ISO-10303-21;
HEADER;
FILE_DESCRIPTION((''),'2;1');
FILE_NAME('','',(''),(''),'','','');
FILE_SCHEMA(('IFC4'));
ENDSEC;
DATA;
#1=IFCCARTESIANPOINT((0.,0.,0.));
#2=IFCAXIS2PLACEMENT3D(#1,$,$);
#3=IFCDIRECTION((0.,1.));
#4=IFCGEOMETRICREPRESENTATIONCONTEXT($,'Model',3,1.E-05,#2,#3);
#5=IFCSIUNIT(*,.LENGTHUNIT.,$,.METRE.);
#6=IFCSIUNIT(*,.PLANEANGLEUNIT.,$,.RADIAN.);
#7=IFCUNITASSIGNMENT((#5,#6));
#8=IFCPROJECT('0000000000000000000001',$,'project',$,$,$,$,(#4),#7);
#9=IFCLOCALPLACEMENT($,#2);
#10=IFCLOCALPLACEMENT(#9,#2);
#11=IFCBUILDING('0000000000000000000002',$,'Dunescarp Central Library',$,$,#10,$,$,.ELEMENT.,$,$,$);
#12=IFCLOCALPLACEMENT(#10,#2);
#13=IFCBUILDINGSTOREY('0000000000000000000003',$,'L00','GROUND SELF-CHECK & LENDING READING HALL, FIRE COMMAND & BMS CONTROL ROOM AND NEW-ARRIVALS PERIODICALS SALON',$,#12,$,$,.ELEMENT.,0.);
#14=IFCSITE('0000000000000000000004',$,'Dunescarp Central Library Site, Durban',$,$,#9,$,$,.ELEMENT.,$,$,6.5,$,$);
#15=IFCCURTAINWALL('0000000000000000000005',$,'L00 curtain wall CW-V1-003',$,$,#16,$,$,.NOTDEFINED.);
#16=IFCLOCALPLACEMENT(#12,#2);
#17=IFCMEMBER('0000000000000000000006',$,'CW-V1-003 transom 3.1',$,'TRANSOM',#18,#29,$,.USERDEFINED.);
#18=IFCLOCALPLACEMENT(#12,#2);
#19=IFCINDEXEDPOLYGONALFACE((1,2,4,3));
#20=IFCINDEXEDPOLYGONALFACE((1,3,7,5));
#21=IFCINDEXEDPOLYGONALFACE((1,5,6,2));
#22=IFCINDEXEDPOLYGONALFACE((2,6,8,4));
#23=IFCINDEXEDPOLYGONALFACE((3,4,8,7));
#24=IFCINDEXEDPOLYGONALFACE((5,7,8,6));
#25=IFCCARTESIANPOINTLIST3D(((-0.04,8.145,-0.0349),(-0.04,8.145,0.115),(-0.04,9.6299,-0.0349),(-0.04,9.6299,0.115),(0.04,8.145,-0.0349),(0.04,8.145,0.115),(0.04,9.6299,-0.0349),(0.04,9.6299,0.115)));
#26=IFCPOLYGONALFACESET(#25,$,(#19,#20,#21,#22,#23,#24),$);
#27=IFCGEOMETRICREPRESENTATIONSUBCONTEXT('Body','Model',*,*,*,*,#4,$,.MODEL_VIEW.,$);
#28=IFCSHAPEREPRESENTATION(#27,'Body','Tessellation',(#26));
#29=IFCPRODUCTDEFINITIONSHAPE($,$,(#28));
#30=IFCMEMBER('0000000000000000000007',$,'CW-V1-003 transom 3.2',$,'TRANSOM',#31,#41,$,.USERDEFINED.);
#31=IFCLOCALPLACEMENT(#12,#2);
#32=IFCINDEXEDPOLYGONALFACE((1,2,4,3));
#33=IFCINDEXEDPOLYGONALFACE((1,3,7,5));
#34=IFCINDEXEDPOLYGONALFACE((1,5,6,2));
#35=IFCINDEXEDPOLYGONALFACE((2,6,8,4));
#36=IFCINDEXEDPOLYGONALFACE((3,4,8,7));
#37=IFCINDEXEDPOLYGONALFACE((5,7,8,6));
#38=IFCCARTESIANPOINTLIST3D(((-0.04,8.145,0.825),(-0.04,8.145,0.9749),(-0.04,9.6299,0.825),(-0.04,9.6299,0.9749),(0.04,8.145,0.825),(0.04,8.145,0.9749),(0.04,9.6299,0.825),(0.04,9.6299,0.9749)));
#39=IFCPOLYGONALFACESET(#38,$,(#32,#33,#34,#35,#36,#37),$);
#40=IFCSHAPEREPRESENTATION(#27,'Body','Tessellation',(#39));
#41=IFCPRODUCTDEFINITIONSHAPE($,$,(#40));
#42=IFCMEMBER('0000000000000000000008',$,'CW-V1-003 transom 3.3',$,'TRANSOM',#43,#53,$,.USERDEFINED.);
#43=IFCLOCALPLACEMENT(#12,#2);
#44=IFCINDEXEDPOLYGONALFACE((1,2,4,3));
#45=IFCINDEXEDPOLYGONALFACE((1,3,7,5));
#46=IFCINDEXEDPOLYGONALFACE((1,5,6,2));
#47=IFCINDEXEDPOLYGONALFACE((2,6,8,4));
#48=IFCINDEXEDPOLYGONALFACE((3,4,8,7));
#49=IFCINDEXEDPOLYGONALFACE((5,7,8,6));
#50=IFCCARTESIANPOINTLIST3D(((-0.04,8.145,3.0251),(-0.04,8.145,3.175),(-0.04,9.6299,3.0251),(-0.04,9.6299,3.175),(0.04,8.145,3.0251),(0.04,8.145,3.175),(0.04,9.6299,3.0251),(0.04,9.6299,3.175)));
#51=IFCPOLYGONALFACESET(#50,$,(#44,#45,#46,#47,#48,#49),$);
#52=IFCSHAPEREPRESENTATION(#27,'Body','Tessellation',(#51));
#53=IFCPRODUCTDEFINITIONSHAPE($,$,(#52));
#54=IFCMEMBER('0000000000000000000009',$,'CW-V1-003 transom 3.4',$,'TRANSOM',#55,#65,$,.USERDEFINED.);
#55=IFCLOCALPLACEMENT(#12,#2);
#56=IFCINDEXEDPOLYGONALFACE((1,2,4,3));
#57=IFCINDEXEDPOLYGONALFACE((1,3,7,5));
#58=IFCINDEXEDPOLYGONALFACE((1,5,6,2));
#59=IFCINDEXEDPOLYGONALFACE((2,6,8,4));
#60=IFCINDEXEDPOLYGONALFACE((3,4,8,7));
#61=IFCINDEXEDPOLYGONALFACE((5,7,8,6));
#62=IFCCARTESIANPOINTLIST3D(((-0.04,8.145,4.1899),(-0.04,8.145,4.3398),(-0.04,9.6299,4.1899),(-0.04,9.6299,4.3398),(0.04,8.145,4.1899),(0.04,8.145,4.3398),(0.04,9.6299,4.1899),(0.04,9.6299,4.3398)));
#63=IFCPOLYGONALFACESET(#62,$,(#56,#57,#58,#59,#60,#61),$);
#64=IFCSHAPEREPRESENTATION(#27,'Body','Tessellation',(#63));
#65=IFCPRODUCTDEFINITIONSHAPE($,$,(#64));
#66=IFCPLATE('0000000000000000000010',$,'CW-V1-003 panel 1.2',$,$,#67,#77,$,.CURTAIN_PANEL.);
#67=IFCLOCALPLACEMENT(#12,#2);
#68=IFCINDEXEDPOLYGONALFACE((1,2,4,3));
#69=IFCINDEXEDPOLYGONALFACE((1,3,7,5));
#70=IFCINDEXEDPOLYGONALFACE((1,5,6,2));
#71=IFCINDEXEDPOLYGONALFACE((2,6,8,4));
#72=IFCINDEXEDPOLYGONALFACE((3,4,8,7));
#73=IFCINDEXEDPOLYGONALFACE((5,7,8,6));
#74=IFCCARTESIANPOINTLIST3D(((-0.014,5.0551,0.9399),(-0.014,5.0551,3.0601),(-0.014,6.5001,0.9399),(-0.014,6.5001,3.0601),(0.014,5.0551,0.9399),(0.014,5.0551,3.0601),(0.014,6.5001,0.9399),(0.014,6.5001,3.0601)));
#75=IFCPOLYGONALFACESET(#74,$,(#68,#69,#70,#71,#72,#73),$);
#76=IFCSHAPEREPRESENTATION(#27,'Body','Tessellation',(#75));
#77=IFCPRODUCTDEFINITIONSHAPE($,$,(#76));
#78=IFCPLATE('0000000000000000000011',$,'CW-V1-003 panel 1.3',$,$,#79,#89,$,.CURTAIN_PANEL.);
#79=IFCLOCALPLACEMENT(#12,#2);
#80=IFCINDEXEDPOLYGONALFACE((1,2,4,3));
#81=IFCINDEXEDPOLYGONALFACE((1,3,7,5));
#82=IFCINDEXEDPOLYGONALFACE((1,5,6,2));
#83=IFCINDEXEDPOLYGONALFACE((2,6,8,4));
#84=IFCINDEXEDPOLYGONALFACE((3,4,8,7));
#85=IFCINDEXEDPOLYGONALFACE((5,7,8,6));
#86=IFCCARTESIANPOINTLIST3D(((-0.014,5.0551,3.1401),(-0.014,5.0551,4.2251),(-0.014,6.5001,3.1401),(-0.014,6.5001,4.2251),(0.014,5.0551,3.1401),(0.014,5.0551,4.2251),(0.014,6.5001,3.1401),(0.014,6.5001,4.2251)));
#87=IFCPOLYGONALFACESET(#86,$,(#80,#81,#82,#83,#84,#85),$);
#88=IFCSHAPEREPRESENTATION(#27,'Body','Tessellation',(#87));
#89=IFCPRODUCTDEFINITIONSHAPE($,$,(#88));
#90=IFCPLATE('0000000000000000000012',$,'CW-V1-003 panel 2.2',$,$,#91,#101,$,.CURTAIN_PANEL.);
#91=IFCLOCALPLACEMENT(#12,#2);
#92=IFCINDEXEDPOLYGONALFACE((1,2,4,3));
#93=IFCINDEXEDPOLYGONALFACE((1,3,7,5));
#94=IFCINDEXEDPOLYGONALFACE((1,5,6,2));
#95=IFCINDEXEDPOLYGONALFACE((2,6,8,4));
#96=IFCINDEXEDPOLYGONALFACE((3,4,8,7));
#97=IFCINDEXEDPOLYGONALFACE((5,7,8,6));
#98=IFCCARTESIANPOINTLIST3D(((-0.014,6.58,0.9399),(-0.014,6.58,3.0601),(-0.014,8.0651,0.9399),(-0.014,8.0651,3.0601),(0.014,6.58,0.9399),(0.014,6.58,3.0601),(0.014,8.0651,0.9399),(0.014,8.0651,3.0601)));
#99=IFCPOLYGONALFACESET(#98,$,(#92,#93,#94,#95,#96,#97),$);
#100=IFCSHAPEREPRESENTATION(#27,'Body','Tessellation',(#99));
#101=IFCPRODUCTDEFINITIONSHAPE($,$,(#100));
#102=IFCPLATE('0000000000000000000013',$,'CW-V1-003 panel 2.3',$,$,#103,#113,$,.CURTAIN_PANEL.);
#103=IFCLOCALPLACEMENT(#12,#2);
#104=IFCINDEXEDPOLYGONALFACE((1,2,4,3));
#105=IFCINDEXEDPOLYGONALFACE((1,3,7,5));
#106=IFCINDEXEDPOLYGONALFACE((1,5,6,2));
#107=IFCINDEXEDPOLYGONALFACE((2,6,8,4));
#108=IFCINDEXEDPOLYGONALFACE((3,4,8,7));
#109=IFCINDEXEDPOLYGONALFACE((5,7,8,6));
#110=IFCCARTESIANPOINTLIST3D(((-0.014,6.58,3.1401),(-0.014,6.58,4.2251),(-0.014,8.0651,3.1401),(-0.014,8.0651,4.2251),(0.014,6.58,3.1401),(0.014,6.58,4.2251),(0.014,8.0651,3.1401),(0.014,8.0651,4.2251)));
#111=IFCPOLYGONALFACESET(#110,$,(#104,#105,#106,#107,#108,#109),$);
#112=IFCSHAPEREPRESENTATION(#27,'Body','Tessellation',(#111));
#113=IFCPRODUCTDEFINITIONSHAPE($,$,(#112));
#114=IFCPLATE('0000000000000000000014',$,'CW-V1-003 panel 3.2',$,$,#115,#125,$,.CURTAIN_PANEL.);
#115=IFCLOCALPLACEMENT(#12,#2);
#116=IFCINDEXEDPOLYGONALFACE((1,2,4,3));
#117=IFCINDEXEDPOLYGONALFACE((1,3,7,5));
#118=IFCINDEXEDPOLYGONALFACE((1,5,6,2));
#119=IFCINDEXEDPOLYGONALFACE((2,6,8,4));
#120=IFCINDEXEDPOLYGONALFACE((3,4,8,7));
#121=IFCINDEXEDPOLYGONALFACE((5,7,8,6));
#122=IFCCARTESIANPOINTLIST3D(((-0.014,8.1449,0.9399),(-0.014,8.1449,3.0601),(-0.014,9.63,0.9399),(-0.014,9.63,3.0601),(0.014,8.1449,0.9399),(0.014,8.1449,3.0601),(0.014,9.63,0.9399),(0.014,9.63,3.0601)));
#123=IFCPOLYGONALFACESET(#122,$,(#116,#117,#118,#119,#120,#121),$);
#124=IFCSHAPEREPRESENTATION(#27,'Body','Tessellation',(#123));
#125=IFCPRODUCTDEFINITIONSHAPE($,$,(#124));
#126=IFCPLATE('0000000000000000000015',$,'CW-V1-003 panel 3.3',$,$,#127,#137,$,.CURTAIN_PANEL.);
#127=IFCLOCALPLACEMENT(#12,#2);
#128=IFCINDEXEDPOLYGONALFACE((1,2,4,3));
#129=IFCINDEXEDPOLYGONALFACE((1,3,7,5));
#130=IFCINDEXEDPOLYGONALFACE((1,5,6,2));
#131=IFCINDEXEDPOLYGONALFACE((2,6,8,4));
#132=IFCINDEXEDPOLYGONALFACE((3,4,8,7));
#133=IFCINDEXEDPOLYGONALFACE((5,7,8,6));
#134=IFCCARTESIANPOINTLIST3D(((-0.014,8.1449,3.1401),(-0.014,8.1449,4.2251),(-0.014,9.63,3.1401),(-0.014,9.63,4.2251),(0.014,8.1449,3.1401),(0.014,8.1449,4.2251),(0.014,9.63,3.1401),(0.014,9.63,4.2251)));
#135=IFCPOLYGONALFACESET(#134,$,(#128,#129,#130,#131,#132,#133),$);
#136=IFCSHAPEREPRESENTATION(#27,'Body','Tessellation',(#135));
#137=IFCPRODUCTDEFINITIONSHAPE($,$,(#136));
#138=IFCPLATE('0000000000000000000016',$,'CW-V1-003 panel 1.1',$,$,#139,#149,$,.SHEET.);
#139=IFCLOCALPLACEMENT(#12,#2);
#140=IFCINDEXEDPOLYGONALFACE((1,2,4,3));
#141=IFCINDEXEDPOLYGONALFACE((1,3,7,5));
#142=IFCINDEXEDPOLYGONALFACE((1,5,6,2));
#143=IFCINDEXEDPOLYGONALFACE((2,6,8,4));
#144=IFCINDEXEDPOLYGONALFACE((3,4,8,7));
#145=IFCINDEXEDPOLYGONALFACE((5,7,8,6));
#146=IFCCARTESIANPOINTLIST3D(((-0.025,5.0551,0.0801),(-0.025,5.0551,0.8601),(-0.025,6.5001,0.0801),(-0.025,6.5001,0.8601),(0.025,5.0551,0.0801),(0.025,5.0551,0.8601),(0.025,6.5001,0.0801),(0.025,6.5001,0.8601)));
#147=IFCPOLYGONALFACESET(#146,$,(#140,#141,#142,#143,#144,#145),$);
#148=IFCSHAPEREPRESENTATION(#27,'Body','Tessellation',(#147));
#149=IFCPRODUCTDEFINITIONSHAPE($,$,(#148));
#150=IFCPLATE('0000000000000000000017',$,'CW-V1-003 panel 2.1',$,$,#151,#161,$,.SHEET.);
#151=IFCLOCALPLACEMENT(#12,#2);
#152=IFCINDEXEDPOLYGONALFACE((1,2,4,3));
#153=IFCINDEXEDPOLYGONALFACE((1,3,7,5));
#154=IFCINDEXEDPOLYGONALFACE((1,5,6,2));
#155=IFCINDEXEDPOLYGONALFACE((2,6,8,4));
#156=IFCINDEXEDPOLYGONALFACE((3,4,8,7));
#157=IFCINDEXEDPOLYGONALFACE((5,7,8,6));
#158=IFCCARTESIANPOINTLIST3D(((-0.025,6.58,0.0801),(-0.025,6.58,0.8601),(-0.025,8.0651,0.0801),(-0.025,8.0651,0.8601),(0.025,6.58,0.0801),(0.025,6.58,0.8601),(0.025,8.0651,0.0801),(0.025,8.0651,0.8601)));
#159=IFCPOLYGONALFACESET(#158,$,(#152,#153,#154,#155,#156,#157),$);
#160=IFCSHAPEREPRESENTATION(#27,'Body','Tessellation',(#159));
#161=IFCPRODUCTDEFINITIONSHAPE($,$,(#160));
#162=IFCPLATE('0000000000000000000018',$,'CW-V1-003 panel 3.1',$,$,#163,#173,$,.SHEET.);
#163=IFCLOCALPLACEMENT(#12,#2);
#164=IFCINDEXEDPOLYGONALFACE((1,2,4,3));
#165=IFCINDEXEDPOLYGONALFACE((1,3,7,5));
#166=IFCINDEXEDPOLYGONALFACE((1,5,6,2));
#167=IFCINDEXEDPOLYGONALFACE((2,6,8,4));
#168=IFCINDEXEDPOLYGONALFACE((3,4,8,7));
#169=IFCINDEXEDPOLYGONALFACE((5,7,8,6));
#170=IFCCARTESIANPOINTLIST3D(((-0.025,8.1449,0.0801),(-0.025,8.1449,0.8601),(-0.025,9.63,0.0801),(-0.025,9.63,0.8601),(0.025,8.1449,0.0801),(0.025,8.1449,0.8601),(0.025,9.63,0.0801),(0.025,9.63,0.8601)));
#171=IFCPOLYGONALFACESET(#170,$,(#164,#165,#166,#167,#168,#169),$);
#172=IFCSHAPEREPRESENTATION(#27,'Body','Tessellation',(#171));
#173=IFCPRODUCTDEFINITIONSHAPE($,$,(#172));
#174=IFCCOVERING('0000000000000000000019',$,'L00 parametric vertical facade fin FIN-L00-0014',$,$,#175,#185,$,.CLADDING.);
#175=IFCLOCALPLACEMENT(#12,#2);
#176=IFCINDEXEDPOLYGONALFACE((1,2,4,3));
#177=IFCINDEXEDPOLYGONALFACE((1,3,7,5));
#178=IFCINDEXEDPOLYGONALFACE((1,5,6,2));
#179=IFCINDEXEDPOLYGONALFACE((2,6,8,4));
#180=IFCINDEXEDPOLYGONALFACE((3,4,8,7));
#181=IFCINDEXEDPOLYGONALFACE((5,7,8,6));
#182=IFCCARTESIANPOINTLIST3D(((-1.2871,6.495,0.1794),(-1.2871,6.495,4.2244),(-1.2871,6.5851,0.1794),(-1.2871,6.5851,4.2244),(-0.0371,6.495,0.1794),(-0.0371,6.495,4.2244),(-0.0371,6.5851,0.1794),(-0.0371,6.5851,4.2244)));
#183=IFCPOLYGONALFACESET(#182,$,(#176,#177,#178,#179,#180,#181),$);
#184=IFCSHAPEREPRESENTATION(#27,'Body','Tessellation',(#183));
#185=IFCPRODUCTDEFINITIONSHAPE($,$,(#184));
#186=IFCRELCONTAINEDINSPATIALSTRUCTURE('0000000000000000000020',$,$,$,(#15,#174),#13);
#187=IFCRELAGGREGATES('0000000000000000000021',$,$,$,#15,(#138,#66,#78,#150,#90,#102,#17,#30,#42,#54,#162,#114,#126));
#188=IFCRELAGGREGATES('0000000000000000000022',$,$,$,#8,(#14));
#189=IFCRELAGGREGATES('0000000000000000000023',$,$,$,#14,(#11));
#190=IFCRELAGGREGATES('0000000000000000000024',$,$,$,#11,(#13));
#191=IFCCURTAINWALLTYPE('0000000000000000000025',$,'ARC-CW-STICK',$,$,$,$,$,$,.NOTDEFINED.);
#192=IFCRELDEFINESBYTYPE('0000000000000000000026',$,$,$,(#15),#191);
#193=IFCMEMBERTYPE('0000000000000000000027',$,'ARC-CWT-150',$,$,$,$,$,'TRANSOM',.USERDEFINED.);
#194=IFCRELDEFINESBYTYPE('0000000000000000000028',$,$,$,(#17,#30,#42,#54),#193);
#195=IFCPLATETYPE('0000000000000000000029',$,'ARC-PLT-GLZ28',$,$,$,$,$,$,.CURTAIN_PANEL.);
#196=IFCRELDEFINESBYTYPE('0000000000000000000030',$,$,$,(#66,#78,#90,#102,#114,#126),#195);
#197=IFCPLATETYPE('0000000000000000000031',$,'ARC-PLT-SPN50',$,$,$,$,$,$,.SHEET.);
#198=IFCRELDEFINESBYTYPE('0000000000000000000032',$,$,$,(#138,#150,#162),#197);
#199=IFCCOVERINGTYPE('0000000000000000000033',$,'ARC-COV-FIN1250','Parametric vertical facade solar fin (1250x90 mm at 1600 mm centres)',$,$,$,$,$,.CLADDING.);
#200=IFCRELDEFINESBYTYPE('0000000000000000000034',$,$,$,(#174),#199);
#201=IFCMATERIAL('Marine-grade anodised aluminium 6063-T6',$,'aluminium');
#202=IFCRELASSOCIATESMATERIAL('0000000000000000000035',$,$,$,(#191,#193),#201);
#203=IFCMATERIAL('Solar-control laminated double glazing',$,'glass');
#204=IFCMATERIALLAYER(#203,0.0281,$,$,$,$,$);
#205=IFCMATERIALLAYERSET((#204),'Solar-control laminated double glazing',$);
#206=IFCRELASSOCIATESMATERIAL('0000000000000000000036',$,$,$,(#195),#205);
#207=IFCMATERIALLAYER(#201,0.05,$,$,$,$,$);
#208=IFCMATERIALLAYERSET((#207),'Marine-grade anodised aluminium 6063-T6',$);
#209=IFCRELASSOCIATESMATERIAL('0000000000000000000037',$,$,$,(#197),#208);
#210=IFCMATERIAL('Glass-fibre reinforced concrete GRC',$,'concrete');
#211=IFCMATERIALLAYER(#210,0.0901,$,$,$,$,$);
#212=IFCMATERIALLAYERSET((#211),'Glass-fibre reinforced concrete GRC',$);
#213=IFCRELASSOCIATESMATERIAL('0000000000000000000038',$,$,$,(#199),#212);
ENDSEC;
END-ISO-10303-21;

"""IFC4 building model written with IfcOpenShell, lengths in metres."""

from ifc_helpers import new_model, si_unit, direction, frame, origin, origin_2d, place, context, subcontext, project, spatial, rectangle, extrude, material, layer, layer_set, material_profile, profile_set, type_object, element, aggregate, save


model = new_model("IFC4")

# Units and contexts
model_context = context("Model", 3, precision=1e-05, world=origin(), true_north=direction((0.0, 1.0)))
body_context = subcontext(model_context, "Body", "Model", "MODEL_VIEW")
ifc_project = project(units=[si_unit("LENGTHUNIT", "METRE"), si_unit("PLANEANGLEUNIT", "RADIAN")], contexts=[model_context])

# Site, building, storey
site_placement = place(None, origin())
site = spatial("IfcSite", under=ifc_project, at=site_placement, Name="Dunescarp Central Library Site, Durban", CompositionType="ELEMENT", RefElevation=6.5)
building_placement = place(site_placement, origin())
building = spatial("IfcBuilding", under=site, at=building_placement, Name="Dunescarp Central Library", CompositionType="ELEMENT")
storey_placement = place(building_placement, origin())
storey = spatial("IfcBuildingStorey", under=building, at=storey_placement, Name="L00", Description="GROUND SELF-CHECK & LENDING READING HALL, FIRE COMMAND & BMS CONTROL ROOM AND NEW-ARRIVALS PERIODICALS SALON", CompositionType="ELEMENT", Elevation=0.0)

# Curtain wall, members, plates
ifc_material_1 = material(Name="Marine-grade anodised aluminium 6063-T6", Category="aluminium")
curtain_wall_type = type_object("IfcCurtainWallType", Name="ARC-CW-STICK", PredefinedType="NOTDEFINED", material=ifc_material_1)
curtain_wall_placement = place(storey_placement, origin())
curtain_wall = element("IfcCurtainWall", 1, at=curtain_wall_placement, inside=storey, type_object=curtain_wall_type, Name="L00 curtain wall CW-V1-003", PredefinedType="NOTDEFINED")
ifc_material_profile_1 = material_profile(ifc_material_1, rectangle(XDim=0.0801, YDim=0.1499, at=origin_2d()), Name="AL 80x150")
ifc_profile_set_1 = profile_set([ifc_material_profile_1], Name="Marine-grade anodised aluminium 6063-T6")
member_type_1 = type_object("IfcMemberType", Name="ARC-CWT-150", ElementType="TRANSOM", PredefinedType="USERDEFINED", material=ifc_profile_set_1)
member_1_placement = place(storey_placement, frame((0.0, 8.145, 0.04), z_axis=(0.0, 1.0, 0.0), x_axis=(-1.0, 0.0, 0.0)))
member_1 = element("IfcMember", 2, at=member_1_placement, type_object=member_type_1, Name="CW-V1-003 transom 3.1", ObjectType="TRANSOM", PredefinedType="USERDEFINED", context=body_context, shape_type="SweptSolid", body=[
    extrude(rectangle(XDim=0.0801, YDim=0.1499, at=origin_2d()), origin(), (0.0, 0.0, 1.0), 1.4849),
])
member_2_placement = place(storey_placement, frame((0.0, 8.145, 0.8999), z_axis=(0.0, 1.0, 0.0), x_axis=(-1.0, 0.0, 0.0)))
member_2 = element("IfcMember", 3, at=member_2_placement, type_object=member_type_1, Name="CW-V1-003 transom 3.2", ObjectType="TRANSOM", PredefinedType="USERDEFINED", context=body_context, shape_type="SweptSolid", body=[
    extrude(rectangle(XDim=0.0801, YDim=0.1499, at=origin_2d()), origin(), (0.0, 0.0, 1.0), 1.4849),
])
member_3_placement = place(storey_placement, frame((0.0, 8.145, 3.1001), z_axis=(0.0, 1.0, 0.0), x_axis=(-1.0, 0.0, 0.0)))
member_3 = element("IfcMember", 4, at=member_3_placement, type_object=member_type_1, Name="CW-V1-003 transom 3.3", ObjectType="TRANSOM", PredefinedType="USERDEFINED", context=body_context, shape_type="SweptSolid", body=[
    extrude(rectangle(XDim=0.0801, YDim=0.1499, at=origin_2d()), origin(), (0.0, 0.0, 1.0), 1.4849),
])
member_4_placement = place(storey_placement, frame((0.0, 8.145, 4.2649), z_axis=(0.0, 1.0, 0.0), x_axis=(-1.0, 0.0, 0.0)))
member_4 = element("IfcMember", 5, at=member_4_placement, type_object=member_type_1, Name="CW-V1-003 transom 3.4", ObjectType="TRANSOM", PredefinedType="USERDEFINED", context=body_context, shape_type="SweptSolid", body=[
    extrude(rectangle(XDim=0.0801, YDim=0.1499, at=origin_2d()), origin(), (0.0, 0.0, 1.0), 1.4849),
])
ifc_material_2 = material(Name="Solar-control laminated double glazing", Category="glass")
ifc_layer_1 = layer(ifc_material_2, 0.0281)
ifc_layer_set_1 = layer_set([ifc_layer_1], Name="Solar-control laminated double glazing")
plate_type_1 = type_object("IfcPlateType", Name="ARC-PLT-GLZ28", PredefinedType="CURTAIN_PANEL", material=ifc_layer_set_1)
plate_1_placement = place(storey_placement, frame((0.0, 5.7776, 0.9399), z_axis=(0.0, 0.0, 1.0), x_axis=(0.0, 1.0, 0.0)))
plate_1 = element("IfcPlate", 6, at=plate_1_placement, type_object=plate_type_1, Name="CW-V1-003 panel 1.2", PredefinedType="CURTAIN_PANEL", context=body_context, shape_type="SweptSolid", body=[
    extrude(rectangle(XDim=1.4451, YDim=0.0281, at=origin_2d()), origin(), (0.0, 0.0, 1.0), 2.1201),
])
plate_2_placement = place(storey_placement, frame((0.0, 5.7776, 3.1401), z_axis=(0.0, 0.0, 1.0), x_axis=(0.0, 1.0, 0.0)))
plate_2 = element("IfcPlate", 7, at=plate_2_placement, type_object=plate_type_1, Name="CW-V1-003 panel 1.3", PredefinedType="CURTAIN_PANEL", context=body_context, shape_type="SweptSolid", body=[
    extrude(rectangle(XDim=1.4451, YDim=0.0281, at=origin_2d()), origin(), (0.0, 0.0, 1.0), 1.085),
])
plate_3_placement = place(storey_placement, frame((0.0, 7.3225, 0.9399), z_axis=(0.0, 0.0, 1.0), x_axis=(0.0, 1.0, 0.0)))
plate_3 = element("IfcPlate", 8, at=plate_3_placement, type_object=plate_type_1, Name="CW-V1-003 panel 2.2", PredefinedType="CURTAIN_PANEL", context=body_context, shape_type="SweptSolid", body=[
    extrude(rectangle(XDim=1.4851, YDim=0.0281, at=origin_2d()), origin(), (0.0, 0.0, 1.0), 2.1201),
])
plate_4_placement = place(storey_placement, frame((0.0, 7.3225, 3.1401), z_axis=(0.0, 0.0, 1.0), x_axis=(0.0, 1.0, 0.0)))
plate_4 = element("IfcPlate", 9, at=plate_4_placement, type_object=plate_type_1, Name="CW-V1-003 panel 2.3", PredefinedType="CURTAIN_PANEL", context=body_context, shape_type="SweptSolid", body=[
    extrude(rectangle(XDim=1.4851, YDim=0.0281, at=origin_2d()), origin(), (0.0, 0.0, 1.0), 1.085),
])
plate_5_placement = place(storey_placement, frame((0.0, 8.8875, 0.9399), z_axis=(0.0, 0.0, 1.0), x_axis=(0.0, 1.0, 0.0)))
plate_5 = element("IfcPlate", 10, at=plate_5_placement, type_object=plate_type_1, Name="CW-V1-003 panel 3.2", PredefinedType="CURTAIN_PANEL", context=body_context, shape_type="SweptSolid", body=[
    extrude(rectangle(XDim=1.4851, YDim=0.0281, at=origin_2d()), origin(), (0.0, 0.0, 1.0), 2.1201),
])
plate_6_placement = place(storey_placement, frame((0.0, 8.8875, 3.1401), z_axis=(0.0, 0.0, 1.0), x_axis=(0.0, 1.0, 0.0)))
plate_6 = element("IfcPlate", 11, at=plate_6_placement, type_object=plate_type_1, Name="CW-V1-003 panel 3.3", PredefinedType="CURTAIN_PANEL", context=body_context, shape_type="SweptSolid", body=[
    extrude(rectangle(XDim=1.4851, YDim=0.0281, at=origin_2d()), origin(), (0.0, 0.0, 1.0), 1.085),
])
ifc_layer_2 = layer(ifc_material_1, 0.05)
ifc_layer_set_2 = layer_set([ifc_layer_2], Name="Marine-grade anodised aluminium 6063-T6")
plate_type_2 = type_object("IfcPlateType", Name="ARC-PLT-SPN50", PredefinedType="SHEET", material=ifc_layer_set_2)
plate_7_placement = place(storey_placement, frame((0.0, 5.7776, 0.0801), z_axis=(0.0, 0.0, 1.0), x_axis=(0.0, 1.0, 0.0)))
plate_7 = element("IfcPlate", 12, at=plate_7_placement, type_object=plate_type_2, Name="CW-V1-003 panel 1.1", PredefinedType="SHEET", context=body_context, shape_type="SweptSolid", body=[
    extrude(rectangle(XDim=1.4451, YDim=0.05, at=origin_2d()), origin(), (0.0, 0.0, 1.0), 0.78),
])
plate_8_placement = place(storey_placement, frame((0.0, 7.3225, 0.0801), z_axis=(0.0, 0.0, 1.0), x_axis=(0.0, 1.0, 0.0)))
plate_8 = element("IfcPlate", 13, at=plate_8_placement, type_object=plate_type_2, Name="CW-V1-003 panel 2.1", PredefinedType="SHEET", context=body_context, shape_type="SweptSolid", body=[
    extrude(rectangle(XDim=1.4851, YDim=0.05, at=origin_2d()), origin(), (0.0, 0.0, 1.0), 0.78),
])
plate_9_placement = place(storey_placement, frame((0.0, 8.8875, 0.0801), z_axis=(0.0, 0.0, 1.0), x_axis=(0.0, 1.0, 0.0)))
plate_9 = element("IfcPlate", 14, at=plate_9_placement, type_object=plate_type_2, Name="CW-V1-003 panel 3.1", PredefinedType="SHEET", context=body_context, shape_type="SweptSolid", body=[
    extrude(rectangle(XDim=1.4851, YDim=0.05, at=origin_2d()), origin(), (0.0, 0.0, 1.0), 0.78),
])
aggregate(curtain_wall, [plate_7, plate_1, plate_2, plate_8, plate_3, plate_4, member_1, member_2, member_3, member_4, plate_9, plate_5, plate_6])

# Covering
ifc_material_3 = material(Name="Glass-fibre reinforced concrete GRC", Category="concrete")
ifc_layer_3 = layer(ifc_material_3, 0.0901)
ifc_layer_set_3 = layer_set([ifc_layer_3], Name="Glass-fibre reinforced concrete GRC")
covering_type = type_object("IfcCoveringType", Name="ARC-COV-FIN1250", Description="Parametric vertical facade solar fin (1250x90 mm at 1600 mm centres)", PredefinedType="CLADDING", material=ifc_layer_set_3)
covering_1_placement = place(storey_placement, frame((-0.6621, 6.54, 0.1794), z_axis=(0.0, 0.0, 1.0), x_axis=(-1.0, 0.0, 0.0)))
element("IfcCovering", 15, at=covering_1_placement, inside=storey, type_object=covering_type, Name="L00 parametric vertical facade fin FIN-L00-0014", PredefinedType="CLADDING", context=body_context, shape_type="SweptSolid", body=[
    extrude(rectangle(XDim=1.25, YDim=0.0901, at=origin_2d()), origin(), (0.0, 0.0, 1.0), 4.0449),
])

save(model, "model.ifc")
